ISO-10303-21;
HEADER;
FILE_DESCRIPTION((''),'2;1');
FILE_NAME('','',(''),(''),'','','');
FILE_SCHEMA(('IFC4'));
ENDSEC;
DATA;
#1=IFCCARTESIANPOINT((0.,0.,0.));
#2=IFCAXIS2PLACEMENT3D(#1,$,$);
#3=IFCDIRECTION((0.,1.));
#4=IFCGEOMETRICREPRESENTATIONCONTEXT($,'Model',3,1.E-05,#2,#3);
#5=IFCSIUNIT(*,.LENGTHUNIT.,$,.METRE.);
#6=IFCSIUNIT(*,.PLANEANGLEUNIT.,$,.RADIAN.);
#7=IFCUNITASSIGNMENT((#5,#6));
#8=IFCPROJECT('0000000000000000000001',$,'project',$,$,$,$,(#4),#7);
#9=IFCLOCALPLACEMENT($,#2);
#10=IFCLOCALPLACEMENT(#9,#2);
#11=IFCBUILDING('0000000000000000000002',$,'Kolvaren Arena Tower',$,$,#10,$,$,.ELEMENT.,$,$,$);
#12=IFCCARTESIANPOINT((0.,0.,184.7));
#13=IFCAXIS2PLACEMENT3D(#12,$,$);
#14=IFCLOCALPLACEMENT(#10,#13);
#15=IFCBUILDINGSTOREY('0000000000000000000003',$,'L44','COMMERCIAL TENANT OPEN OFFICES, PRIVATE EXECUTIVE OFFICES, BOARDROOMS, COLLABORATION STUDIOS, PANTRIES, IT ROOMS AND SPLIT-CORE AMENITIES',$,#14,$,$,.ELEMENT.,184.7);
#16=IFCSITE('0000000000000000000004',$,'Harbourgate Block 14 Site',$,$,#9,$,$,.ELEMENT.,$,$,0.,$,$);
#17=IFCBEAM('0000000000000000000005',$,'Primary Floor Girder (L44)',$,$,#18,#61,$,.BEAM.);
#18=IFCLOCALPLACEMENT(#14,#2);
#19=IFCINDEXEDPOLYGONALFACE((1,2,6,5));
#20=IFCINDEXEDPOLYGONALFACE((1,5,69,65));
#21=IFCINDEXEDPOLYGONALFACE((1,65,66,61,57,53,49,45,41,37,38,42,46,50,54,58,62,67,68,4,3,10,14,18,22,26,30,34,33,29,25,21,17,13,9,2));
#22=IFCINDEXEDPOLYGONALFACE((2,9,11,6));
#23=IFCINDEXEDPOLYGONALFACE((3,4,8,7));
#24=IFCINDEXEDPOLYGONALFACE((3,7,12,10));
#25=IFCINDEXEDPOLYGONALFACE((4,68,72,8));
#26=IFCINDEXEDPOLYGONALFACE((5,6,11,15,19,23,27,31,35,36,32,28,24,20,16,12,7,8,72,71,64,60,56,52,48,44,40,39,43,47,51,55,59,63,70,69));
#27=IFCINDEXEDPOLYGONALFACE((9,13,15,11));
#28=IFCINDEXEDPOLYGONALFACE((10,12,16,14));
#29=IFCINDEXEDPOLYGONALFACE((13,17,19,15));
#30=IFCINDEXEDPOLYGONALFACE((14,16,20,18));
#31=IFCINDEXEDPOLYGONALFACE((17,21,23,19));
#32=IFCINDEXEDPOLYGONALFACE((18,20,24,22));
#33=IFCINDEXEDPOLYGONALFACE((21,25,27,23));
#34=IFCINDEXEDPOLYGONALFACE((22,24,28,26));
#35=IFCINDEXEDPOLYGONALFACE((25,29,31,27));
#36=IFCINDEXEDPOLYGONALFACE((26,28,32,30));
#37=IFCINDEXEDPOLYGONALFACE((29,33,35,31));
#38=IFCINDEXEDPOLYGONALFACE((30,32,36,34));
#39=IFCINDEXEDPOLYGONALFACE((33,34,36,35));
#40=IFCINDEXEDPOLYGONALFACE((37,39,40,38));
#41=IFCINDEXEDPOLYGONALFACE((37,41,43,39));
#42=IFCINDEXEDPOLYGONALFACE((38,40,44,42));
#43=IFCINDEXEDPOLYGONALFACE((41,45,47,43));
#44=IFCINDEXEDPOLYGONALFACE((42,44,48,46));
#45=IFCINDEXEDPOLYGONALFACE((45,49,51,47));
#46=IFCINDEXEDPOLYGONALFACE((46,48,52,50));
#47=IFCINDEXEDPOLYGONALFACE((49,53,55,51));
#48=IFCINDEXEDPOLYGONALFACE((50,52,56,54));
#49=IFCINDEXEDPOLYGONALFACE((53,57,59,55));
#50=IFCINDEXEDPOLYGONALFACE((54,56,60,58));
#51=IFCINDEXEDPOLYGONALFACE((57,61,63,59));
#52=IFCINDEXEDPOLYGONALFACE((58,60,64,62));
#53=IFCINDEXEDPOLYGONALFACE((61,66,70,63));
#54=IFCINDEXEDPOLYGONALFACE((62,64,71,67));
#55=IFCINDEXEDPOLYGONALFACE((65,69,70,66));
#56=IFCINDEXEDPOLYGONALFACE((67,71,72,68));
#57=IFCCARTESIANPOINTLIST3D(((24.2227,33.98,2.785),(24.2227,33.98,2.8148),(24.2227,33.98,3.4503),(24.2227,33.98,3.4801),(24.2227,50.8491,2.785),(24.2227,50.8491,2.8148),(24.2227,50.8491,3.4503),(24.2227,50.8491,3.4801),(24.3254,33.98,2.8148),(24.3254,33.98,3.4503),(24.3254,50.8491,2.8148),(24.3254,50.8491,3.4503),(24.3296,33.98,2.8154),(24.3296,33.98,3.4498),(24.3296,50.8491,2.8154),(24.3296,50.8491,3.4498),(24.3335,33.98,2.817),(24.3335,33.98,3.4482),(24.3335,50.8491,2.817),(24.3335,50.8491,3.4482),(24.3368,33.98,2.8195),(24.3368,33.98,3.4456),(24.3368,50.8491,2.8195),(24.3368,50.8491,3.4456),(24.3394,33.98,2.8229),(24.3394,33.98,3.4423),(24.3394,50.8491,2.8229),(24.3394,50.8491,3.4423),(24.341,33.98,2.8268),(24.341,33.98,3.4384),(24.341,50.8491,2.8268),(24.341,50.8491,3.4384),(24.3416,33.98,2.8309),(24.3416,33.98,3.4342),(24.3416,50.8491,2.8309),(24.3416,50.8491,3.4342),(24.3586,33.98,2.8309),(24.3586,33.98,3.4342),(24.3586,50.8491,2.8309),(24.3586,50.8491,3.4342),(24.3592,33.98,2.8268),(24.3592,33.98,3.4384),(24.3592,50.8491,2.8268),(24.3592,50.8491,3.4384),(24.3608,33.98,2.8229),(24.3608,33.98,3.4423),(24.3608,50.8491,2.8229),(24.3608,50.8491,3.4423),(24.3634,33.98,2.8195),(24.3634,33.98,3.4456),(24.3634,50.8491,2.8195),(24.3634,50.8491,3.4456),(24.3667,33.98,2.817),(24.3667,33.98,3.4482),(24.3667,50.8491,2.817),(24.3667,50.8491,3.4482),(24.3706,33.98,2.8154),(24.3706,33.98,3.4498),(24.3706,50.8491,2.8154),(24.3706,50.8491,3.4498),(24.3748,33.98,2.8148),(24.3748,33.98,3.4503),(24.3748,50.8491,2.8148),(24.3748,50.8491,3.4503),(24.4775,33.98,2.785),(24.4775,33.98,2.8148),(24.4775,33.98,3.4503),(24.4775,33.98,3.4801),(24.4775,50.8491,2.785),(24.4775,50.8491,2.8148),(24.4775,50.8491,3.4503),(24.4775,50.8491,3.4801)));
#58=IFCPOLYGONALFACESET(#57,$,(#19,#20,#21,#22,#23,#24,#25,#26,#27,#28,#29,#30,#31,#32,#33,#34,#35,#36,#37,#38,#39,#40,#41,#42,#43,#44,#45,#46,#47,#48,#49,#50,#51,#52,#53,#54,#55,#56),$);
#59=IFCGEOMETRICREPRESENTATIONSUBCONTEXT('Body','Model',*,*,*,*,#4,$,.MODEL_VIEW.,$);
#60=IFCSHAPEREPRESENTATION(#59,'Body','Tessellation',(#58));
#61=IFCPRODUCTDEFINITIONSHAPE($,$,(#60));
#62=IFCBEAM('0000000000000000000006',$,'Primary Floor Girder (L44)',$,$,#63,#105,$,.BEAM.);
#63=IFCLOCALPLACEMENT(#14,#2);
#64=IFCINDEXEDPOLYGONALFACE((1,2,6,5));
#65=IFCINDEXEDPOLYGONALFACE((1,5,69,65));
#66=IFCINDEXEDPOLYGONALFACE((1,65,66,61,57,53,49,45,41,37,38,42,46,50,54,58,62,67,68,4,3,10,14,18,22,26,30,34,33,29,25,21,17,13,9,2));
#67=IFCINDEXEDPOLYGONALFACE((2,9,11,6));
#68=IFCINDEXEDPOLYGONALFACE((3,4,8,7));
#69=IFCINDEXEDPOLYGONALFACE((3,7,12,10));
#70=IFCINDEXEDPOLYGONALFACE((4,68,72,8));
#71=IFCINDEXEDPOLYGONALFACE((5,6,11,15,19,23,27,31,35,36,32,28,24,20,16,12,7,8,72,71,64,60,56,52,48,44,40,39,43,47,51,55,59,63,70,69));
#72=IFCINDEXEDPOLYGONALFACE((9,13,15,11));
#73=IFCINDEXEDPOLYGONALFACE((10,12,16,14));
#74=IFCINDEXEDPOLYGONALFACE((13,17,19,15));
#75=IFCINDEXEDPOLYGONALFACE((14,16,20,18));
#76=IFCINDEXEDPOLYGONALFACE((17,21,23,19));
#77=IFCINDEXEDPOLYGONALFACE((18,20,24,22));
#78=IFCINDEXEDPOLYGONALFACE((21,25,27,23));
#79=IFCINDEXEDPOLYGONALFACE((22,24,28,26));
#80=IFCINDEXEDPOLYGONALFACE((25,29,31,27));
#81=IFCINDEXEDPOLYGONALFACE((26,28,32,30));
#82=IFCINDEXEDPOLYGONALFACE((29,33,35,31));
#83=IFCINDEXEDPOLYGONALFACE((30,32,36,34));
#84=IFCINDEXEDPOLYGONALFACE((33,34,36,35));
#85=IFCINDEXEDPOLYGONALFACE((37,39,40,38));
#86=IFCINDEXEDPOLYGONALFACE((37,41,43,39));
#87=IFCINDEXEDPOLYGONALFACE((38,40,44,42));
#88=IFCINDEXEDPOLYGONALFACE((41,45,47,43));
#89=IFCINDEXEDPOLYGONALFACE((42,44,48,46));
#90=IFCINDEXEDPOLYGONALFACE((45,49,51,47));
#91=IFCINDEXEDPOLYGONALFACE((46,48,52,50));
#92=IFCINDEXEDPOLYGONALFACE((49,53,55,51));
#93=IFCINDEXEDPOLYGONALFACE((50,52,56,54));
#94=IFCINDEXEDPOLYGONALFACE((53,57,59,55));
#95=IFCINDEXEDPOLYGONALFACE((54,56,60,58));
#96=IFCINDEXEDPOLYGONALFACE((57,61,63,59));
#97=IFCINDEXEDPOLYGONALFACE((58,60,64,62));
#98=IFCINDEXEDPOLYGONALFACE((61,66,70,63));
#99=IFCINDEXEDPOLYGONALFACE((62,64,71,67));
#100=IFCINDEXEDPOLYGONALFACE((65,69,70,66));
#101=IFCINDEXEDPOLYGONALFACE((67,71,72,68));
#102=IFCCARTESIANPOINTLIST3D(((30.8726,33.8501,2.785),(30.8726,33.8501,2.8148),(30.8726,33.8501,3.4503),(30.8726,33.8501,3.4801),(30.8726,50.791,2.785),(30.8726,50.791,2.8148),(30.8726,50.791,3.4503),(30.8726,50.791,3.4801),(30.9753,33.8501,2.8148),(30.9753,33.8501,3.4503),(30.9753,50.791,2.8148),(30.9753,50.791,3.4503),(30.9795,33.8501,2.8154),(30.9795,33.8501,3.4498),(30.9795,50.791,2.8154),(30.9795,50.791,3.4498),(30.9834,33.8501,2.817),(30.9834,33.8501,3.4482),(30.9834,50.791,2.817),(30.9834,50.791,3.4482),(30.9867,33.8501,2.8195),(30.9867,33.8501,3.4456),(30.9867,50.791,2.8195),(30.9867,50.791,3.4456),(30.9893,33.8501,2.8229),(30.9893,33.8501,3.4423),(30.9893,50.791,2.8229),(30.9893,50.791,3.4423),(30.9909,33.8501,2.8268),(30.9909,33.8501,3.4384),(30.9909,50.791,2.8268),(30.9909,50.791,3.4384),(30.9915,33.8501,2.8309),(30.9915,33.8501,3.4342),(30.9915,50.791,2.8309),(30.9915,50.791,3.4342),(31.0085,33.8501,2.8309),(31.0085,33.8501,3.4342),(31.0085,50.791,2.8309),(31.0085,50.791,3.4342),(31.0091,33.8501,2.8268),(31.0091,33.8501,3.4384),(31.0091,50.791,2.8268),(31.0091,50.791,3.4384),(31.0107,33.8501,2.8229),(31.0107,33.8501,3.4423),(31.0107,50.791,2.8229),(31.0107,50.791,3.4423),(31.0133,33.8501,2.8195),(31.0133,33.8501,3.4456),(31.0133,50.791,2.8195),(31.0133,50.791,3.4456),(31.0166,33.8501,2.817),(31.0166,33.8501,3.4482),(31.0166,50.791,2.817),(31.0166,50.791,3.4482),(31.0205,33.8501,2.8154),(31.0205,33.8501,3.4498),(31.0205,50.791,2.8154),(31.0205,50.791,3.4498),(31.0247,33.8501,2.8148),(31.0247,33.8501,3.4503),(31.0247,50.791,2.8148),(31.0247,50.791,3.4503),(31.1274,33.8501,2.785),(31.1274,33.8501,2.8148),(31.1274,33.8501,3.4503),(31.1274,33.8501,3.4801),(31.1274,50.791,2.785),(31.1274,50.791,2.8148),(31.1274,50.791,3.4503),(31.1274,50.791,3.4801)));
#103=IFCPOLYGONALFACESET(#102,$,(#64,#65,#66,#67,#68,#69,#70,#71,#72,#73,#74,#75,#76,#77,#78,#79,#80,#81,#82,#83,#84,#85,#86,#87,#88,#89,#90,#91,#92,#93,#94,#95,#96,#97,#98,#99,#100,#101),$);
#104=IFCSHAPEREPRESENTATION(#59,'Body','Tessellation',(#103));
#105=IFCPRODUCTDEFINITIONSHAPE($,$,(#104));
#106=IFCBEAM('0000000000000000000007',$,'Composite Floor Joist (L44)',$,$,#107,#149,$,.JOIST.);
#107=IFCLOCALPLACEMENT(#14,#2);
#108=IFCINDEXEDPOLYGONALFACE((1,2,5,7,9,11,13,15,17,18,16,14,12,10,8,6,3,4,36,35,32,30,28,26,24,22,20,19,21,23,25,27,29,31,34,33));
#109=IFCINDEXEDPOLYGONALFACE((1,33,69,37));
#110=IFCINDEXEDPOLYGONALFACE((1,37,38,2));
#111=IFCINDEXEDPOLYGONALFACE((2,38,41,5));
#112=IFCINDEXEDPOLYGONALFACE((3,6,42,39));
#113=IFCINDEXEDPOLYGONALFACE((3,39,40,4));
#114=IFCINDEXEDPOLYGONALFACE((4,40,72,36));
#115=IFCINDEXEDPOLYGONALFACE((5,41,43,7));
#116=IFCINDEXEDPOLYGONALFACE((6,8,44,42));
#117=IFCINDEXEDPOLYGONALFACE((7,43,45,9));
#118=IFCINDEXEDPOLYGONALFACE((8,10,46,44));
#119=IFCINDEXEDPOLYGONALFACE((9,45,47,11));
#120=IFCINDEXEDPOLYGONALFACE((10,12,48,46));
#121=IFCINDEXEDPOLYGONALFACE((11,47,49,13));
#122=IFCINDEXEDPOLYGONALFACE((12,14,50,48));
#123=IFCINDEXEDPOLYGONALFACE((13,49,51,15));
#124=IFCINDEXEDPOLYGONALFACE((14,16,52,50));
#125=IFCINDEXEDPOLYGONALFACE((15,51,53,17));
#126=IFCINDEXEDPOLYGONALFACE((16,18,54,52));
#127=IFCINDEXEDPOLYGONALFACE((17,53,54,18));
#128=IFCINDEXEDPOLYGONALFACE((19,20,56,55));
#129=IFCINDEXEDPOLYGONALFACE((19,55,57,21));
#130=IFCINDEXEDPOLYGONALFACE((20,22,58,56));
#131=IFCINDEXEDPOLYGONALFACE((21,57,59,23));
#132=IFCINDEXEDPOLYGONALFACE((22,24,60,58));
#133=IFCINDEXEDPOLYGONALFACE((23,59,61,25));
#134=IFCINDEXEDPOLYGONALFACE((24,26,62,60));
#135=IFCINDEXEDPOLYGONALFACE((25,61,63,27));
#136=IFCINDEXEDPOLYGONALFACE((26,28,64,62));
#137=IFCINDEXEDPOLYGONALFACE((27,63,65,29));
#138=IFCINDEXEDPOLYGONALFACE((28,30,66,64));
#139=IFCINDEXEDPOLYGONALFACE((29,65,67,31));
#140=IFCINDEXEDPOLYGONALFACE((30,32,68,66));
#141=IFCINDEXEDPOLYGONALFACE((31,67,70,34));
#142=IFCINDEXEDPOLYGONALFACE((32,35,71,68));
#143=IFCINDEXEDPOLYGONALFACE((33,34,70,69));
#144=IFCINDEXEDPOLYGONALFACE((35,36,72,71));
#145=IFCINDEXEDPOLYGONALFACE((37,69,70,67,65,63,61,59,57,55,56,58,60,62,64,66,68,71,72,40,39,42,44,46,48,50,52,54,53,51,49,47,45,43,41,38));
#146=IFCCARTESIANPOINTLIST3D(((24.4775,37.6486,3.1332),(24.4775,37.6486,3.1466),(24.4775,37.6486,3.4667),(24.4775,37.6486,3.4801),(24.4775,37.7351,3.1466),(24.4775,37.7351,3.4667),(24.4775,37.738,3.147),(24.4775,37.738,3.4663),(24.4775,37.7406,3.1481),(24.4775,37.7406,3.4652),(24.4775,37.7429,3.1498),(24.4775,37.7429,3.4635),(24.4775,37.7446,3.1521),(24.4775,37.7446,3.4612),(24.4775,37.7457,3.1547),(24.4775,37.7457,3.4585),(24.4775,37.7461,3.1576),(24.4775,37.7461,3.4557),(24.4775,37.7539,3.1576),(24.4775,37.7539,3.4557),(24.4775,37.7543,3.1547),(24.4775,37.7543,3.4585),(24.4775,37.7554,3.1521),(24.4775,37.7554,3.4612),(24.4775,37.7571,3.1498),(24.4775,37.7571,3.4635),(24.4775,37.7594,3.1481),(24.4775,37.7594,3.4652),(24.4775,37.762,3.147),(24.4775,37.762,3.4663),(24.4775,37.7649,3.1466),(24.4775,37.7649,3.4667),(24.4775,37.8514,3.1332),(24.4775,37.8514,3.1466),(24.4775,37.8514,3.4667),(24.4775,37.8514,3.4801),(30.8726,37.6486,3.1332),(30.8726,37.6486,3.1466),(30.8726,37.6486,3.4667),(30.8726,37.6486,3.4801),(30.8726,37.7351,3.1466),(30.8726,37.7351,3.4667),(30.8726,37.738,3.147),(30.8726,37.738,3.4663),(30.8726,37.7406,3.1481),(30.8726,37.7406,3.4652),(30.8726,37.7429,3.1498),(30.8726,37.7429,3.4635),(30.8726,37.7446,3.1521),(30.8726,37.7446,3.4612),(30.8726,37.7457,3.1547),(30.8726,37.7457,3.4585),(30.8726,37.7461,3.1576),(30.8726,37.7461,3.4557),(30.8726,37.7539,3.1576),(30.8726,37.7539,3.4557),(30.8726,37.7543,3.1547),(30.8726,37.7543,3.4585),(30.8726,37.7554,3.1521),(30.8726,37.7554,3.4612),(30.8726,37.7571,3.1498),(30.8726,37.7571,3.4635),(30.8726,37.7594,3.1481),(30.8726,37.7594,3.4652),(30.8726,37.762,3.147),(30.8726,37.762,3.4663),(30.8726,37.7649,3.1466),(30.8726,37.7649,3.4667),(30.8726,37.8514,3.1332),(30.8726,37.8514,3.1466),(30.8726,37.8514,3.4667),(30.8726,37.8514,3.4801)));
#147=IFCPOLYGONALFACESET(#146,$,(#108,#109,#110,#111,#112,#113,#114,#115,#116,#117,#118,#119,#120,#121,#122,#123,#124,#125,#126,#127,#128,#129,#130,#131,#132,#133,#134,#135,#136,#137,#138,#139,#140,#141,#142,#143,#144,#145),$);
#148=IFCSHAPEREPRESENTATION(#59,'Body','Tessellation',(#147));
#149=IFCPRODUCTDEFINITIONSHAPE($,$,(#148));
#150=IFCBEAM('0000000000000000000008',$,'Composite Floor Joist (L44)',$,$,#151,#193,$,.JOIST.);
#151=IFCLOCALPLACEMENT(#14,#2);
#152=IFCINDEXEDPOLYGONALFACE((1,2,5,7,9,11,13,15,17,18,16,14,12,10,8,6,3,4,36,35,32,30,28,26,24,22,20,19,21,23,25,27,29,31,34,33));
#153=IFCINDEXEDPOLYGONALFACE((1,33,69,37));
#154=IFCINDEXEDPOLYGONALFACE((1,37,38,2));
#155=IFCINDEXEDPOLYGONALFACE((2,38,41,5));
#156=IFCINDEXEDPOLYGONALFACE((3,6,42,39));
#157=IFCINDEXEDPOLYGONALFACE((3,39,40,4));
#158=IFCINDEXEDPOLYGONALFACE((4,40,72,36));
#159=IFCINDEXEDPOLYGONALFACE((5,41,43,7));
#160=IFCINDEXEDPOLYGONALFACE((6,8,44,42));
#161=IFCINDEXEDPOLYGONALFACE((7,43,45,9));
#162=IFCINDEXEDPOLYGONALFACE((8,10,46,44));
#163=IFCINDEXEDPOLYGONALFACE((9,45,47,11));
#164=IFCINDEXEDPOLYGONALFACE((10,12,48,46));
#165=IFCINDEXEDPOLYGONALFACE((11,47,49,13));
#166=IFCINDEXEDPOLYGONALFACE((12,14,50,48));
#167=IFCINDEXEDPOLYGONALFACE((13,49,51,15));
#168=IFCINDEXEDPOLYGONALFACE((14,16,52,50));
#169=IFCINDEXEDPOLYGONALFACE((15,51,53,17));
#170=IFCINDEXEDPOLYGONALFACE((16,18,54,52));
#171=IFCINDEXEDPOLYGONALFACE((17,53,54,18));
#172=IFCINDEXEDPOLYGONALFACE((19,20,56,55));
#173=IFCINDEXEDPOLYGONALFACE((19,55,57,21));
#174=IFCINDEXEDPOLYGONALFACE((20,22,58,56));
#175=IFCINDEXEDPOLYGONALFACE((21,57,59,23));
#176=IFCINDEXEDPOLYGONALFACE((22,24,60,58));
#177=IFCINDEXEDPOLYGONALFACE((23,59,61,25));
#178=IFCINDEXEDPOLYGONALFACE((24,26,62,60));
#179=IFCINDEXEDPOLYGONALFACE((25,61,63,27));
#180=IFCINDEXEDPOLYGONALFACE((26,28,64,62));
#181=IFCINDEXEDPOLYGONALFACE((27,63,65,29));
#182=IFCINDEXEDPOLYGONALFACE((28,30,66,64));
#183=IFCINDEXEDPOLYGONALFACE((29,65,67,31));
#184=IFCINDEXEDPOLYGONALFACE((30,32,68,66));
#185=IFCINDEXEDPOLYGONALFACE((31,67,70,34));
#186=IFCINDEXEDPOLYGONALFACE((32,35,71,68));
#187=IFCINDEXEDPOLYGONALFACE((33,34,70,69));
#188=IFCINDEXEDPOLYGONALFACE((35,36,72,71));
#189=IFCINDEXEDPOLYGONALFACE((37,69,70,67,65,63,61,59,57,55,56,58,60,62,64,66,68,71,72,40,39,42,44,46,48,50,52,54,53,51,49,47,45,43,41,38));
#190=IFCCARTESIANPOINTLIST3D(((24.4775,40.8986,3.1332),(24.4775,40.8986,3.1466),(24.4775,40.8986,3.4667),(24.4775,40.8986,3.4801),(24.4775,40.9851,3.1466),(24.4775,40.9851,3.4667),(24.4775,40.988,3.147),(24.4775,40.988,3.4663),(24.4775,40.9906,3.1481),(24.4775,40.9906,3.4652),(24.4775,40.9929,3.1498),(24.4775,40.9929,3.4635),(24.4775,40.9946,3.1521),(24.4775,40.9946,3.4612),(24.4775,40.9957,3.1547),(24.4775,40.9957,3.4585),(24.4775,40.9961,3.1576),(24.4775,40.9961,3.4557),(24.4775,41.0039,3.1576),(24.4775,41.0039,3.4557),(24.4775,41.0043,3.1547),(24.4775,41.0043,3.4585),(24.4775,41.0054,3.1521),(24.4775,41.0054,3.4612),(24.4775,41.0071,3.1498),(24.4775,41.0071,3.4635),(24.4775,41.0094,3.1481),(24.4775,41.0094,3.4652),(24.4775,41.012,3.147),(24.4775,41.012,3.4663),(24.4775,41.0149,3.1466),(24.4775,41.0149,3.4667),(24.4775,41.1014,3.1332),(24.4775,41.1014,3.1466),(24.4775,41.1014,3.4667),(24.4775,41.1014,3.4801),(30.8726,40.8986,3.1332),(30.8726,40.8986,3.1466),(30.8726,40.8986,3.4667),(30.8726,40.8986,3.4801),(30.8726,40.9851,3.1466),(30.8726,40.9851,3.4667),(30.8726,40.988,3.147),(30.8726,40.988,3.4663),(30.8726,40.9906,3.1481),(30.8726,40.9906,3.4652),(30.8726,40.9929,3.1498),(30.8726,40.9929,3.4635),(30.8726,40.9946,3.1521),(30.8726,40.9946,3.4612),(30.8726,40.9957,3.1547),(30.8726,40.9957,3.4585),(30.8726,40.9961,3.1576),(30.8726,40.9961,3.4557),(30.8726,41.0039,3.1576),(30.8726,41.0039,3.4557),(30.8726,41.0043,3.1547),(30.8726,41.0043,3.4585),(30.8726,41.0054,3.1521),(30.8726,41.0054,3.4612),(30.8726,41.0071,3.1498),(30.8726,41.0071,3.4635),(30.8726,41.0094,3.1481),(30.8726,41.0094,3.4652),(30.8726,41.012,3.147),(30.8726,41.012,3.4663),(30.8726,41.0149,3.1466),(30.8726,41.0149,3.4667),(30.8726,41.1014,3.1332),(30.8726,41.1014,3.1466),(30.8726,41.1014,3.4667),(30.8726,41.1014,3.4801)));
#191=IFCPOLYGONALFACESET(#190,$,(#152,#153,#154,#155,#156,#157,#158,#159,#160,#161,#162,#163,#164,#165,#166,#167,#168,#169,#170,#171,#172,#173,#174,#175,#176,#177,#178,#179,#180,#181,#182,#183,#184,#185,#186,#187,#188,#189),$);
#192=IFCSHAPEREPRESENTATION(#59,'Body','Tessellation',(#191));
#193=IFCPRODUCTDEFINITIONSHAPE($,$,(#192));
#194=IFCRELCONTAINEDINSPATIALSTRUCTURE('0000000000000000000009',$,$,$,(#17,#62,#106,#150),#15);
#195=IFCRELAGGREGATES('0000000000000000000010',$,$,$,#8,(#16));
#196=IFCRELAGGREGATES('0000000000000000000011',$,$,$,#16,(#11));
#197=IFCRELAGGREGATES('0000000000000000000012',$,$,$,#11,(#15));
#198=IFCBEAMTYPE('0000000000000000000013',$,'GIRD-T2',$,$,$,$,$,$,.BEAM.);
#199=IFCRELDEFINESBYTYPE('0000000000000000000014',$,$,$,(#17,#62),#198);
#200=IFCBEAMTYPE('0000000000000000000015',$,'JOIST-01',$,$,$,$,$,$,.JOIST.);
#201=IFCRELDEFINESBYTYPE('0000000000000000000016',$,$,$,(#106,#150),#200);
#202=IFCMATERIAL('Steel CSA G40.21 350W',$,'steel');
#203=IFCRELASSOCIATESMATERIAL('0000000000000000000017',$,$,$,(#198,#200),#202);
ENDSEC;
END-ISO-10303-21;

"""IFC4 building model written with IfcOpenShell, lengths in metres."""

from ifc_helpers import new_model, si_unit, direction, frame, origin, origin_2d, place, context, subcontext, project, spatial, i_section, extrude, material, material_profile, profile_set, type_object, element, save


model = new_model("IFC4")

# Units and contexts
model_context = context("Model", 3, precision=1e-05, world=origin(), true_north=direction((0.0, 1.0)))
body_context = subcontext(model_context, "Body", "Model", "MODEL_VIEW")
ifc_project = project(units=[si_unit("LENGTHUNIT", "METRE"), si_unit("PLANEANGLEUNIT", "RADIAN")], contexts=[model_context])

# Site, building, storey
site_placement = place(None, origin())
site = spatial("IfcSite", under=ifc_project, at=site_placement, Name="Harbourgate Block 14 Site", CompositionType="ELEMENT", RefElevation=0.0)
building_placement = place(site_placement, origin())
building = spatial("IfcBuilding", under=site, at=building_placement, Name="Kolvaren Arena Tower", CompositionType="ELEMENT")
storey_placement = place(building_placement, frame((0.0, 0.0, 184.7)))
storey = spatial("IfcBuildingStorey", under=building, at=storey_placement, Name="L44", Description="COMMERCIAL TENANT OPEN OFFICES, PRIVATE EXECUTIVE OFFICES, BOARDROOMS, COLLABORATION STUDIOS, PANTRIES, IT ROOMS AND SPLIT-CORE AMENITIES", CompositionType="ELEMENT", Elevation=184.7)

# Beams
ifc_material_1 = material(Name="Steel CSA G40.21 350W", Category="steel")
ifc_material_profile_1 = material_profile(ifc_material_1, i_section(OverallWidth=0.2549, OverallDepth=0.6951, WebThickness=0.0171, FlangeThickness=0.0298, FilletRadius=0.0161, at=origin_2d()), Name="W690x217")
ifc_profile_set_1 = profile_set([ifc_material_profile_1], Name="Steel CSA G40.21 350W")
beam_type_1 = type_object("IfcBeamType", Name="GIRD-T2", PredefinedType="BEAM", material=ifc_profile_set_1)
beam_1_placement = place(storey_placement, frame((24.3501, 33.98, 3.1326), z_axis=(0.0, 1.0, 0.0), x_axis=(-1.0, 0.0, 0.0)))
element("IfcBeam", 1, at=beam_1_placement, inside=storey, type_object=beam_type_1, Name="Primary Floor Girder (L44)", PredefinedType="BEAM", context=body_context, shape_type="SweptSolid", body=[
    extrude(i_section(OverallWidth=0.2549, OverallDepth=0.6951, WebThickness=0.0171, FlangeThickness=0.0298, FilletRadius=0.0161, at=origin_2d()), origin(), (0.0, 0.0, 1.0), 16.8691),
])
beam_2_placement = place(storey_placement, frame((31.0, 33.8501, 3.1326), z_axis=(0.0, 1.0, 0.0), x_axis=(-1.0, 0.0, 0.0)))
element("IfcBeam", 2, at=beam_2_placement, inside=storey, type_object=beam_type_1, Name="Primary Floor Girder (L44)", PredefinedType="BEAM", context=body_context, shape_type="SweptSolid", body=[
    extrude(i_section(OverallWidth=0.2549, OverallDepth=0.6951, WebThickness=0.0171, FlangeThickness=0.0298, FilletRadius=0.0161, at=origin_2d()), origin(), (0.0, 0.0, 1.0), 16.9409),
])
ifc_material_profile_2 = material_profile(ifc_material_1, i_section(OverallWidth=0.2029, OverallDepth=0.3469, WebThickness=0.0078, FlangeThickness=0.0134, FilletRadius=0.011, at=origin_2d()), Name="W360x64")
ifc_profile_set_2 = profile_set([ifc_material_profile_2], Name="Steel CSA G40.21 350W")
beam_type_2 = type_object("IfcBeamType", Name="JOIST-01", PredefinedType="JOIST", material=ifc_profile_set_2)
for number, where, z_axis, x_axis, name in (
    (3, (24.4775, 37.75, 3.3066), (1.0, 0.0, 0.0), (0.0, 1.0, 0.0), "Composite Floor Joist (L44)"),
    (4, (24.4775, 41.0, 3.3066), (1.0, 0.0, 0.0), (0.0, 1.0, 0.0), "Composite Floor Joist (L44)"),
):
    element("IfcBeam", number, at=place(storey_placement, frame(where, z_axis=z_axis, x_axis=x_axis)), inside=storey, type_object=beam_type_2, Name=name, PredefinedType="JOIST", context=body_context, shape_type="SweptSolid", body=[
        extrude(i_section(OverallWidth=0.2029, OverallDepth=0.3469, WebThickness=0.0078, FlangeThickness=0.0134, FilletRadius=0.011, at=origin_2d()), origin(), (0.0, 0.0, 1.0), 6.395),
    ])

save(model, "model.ifc")
